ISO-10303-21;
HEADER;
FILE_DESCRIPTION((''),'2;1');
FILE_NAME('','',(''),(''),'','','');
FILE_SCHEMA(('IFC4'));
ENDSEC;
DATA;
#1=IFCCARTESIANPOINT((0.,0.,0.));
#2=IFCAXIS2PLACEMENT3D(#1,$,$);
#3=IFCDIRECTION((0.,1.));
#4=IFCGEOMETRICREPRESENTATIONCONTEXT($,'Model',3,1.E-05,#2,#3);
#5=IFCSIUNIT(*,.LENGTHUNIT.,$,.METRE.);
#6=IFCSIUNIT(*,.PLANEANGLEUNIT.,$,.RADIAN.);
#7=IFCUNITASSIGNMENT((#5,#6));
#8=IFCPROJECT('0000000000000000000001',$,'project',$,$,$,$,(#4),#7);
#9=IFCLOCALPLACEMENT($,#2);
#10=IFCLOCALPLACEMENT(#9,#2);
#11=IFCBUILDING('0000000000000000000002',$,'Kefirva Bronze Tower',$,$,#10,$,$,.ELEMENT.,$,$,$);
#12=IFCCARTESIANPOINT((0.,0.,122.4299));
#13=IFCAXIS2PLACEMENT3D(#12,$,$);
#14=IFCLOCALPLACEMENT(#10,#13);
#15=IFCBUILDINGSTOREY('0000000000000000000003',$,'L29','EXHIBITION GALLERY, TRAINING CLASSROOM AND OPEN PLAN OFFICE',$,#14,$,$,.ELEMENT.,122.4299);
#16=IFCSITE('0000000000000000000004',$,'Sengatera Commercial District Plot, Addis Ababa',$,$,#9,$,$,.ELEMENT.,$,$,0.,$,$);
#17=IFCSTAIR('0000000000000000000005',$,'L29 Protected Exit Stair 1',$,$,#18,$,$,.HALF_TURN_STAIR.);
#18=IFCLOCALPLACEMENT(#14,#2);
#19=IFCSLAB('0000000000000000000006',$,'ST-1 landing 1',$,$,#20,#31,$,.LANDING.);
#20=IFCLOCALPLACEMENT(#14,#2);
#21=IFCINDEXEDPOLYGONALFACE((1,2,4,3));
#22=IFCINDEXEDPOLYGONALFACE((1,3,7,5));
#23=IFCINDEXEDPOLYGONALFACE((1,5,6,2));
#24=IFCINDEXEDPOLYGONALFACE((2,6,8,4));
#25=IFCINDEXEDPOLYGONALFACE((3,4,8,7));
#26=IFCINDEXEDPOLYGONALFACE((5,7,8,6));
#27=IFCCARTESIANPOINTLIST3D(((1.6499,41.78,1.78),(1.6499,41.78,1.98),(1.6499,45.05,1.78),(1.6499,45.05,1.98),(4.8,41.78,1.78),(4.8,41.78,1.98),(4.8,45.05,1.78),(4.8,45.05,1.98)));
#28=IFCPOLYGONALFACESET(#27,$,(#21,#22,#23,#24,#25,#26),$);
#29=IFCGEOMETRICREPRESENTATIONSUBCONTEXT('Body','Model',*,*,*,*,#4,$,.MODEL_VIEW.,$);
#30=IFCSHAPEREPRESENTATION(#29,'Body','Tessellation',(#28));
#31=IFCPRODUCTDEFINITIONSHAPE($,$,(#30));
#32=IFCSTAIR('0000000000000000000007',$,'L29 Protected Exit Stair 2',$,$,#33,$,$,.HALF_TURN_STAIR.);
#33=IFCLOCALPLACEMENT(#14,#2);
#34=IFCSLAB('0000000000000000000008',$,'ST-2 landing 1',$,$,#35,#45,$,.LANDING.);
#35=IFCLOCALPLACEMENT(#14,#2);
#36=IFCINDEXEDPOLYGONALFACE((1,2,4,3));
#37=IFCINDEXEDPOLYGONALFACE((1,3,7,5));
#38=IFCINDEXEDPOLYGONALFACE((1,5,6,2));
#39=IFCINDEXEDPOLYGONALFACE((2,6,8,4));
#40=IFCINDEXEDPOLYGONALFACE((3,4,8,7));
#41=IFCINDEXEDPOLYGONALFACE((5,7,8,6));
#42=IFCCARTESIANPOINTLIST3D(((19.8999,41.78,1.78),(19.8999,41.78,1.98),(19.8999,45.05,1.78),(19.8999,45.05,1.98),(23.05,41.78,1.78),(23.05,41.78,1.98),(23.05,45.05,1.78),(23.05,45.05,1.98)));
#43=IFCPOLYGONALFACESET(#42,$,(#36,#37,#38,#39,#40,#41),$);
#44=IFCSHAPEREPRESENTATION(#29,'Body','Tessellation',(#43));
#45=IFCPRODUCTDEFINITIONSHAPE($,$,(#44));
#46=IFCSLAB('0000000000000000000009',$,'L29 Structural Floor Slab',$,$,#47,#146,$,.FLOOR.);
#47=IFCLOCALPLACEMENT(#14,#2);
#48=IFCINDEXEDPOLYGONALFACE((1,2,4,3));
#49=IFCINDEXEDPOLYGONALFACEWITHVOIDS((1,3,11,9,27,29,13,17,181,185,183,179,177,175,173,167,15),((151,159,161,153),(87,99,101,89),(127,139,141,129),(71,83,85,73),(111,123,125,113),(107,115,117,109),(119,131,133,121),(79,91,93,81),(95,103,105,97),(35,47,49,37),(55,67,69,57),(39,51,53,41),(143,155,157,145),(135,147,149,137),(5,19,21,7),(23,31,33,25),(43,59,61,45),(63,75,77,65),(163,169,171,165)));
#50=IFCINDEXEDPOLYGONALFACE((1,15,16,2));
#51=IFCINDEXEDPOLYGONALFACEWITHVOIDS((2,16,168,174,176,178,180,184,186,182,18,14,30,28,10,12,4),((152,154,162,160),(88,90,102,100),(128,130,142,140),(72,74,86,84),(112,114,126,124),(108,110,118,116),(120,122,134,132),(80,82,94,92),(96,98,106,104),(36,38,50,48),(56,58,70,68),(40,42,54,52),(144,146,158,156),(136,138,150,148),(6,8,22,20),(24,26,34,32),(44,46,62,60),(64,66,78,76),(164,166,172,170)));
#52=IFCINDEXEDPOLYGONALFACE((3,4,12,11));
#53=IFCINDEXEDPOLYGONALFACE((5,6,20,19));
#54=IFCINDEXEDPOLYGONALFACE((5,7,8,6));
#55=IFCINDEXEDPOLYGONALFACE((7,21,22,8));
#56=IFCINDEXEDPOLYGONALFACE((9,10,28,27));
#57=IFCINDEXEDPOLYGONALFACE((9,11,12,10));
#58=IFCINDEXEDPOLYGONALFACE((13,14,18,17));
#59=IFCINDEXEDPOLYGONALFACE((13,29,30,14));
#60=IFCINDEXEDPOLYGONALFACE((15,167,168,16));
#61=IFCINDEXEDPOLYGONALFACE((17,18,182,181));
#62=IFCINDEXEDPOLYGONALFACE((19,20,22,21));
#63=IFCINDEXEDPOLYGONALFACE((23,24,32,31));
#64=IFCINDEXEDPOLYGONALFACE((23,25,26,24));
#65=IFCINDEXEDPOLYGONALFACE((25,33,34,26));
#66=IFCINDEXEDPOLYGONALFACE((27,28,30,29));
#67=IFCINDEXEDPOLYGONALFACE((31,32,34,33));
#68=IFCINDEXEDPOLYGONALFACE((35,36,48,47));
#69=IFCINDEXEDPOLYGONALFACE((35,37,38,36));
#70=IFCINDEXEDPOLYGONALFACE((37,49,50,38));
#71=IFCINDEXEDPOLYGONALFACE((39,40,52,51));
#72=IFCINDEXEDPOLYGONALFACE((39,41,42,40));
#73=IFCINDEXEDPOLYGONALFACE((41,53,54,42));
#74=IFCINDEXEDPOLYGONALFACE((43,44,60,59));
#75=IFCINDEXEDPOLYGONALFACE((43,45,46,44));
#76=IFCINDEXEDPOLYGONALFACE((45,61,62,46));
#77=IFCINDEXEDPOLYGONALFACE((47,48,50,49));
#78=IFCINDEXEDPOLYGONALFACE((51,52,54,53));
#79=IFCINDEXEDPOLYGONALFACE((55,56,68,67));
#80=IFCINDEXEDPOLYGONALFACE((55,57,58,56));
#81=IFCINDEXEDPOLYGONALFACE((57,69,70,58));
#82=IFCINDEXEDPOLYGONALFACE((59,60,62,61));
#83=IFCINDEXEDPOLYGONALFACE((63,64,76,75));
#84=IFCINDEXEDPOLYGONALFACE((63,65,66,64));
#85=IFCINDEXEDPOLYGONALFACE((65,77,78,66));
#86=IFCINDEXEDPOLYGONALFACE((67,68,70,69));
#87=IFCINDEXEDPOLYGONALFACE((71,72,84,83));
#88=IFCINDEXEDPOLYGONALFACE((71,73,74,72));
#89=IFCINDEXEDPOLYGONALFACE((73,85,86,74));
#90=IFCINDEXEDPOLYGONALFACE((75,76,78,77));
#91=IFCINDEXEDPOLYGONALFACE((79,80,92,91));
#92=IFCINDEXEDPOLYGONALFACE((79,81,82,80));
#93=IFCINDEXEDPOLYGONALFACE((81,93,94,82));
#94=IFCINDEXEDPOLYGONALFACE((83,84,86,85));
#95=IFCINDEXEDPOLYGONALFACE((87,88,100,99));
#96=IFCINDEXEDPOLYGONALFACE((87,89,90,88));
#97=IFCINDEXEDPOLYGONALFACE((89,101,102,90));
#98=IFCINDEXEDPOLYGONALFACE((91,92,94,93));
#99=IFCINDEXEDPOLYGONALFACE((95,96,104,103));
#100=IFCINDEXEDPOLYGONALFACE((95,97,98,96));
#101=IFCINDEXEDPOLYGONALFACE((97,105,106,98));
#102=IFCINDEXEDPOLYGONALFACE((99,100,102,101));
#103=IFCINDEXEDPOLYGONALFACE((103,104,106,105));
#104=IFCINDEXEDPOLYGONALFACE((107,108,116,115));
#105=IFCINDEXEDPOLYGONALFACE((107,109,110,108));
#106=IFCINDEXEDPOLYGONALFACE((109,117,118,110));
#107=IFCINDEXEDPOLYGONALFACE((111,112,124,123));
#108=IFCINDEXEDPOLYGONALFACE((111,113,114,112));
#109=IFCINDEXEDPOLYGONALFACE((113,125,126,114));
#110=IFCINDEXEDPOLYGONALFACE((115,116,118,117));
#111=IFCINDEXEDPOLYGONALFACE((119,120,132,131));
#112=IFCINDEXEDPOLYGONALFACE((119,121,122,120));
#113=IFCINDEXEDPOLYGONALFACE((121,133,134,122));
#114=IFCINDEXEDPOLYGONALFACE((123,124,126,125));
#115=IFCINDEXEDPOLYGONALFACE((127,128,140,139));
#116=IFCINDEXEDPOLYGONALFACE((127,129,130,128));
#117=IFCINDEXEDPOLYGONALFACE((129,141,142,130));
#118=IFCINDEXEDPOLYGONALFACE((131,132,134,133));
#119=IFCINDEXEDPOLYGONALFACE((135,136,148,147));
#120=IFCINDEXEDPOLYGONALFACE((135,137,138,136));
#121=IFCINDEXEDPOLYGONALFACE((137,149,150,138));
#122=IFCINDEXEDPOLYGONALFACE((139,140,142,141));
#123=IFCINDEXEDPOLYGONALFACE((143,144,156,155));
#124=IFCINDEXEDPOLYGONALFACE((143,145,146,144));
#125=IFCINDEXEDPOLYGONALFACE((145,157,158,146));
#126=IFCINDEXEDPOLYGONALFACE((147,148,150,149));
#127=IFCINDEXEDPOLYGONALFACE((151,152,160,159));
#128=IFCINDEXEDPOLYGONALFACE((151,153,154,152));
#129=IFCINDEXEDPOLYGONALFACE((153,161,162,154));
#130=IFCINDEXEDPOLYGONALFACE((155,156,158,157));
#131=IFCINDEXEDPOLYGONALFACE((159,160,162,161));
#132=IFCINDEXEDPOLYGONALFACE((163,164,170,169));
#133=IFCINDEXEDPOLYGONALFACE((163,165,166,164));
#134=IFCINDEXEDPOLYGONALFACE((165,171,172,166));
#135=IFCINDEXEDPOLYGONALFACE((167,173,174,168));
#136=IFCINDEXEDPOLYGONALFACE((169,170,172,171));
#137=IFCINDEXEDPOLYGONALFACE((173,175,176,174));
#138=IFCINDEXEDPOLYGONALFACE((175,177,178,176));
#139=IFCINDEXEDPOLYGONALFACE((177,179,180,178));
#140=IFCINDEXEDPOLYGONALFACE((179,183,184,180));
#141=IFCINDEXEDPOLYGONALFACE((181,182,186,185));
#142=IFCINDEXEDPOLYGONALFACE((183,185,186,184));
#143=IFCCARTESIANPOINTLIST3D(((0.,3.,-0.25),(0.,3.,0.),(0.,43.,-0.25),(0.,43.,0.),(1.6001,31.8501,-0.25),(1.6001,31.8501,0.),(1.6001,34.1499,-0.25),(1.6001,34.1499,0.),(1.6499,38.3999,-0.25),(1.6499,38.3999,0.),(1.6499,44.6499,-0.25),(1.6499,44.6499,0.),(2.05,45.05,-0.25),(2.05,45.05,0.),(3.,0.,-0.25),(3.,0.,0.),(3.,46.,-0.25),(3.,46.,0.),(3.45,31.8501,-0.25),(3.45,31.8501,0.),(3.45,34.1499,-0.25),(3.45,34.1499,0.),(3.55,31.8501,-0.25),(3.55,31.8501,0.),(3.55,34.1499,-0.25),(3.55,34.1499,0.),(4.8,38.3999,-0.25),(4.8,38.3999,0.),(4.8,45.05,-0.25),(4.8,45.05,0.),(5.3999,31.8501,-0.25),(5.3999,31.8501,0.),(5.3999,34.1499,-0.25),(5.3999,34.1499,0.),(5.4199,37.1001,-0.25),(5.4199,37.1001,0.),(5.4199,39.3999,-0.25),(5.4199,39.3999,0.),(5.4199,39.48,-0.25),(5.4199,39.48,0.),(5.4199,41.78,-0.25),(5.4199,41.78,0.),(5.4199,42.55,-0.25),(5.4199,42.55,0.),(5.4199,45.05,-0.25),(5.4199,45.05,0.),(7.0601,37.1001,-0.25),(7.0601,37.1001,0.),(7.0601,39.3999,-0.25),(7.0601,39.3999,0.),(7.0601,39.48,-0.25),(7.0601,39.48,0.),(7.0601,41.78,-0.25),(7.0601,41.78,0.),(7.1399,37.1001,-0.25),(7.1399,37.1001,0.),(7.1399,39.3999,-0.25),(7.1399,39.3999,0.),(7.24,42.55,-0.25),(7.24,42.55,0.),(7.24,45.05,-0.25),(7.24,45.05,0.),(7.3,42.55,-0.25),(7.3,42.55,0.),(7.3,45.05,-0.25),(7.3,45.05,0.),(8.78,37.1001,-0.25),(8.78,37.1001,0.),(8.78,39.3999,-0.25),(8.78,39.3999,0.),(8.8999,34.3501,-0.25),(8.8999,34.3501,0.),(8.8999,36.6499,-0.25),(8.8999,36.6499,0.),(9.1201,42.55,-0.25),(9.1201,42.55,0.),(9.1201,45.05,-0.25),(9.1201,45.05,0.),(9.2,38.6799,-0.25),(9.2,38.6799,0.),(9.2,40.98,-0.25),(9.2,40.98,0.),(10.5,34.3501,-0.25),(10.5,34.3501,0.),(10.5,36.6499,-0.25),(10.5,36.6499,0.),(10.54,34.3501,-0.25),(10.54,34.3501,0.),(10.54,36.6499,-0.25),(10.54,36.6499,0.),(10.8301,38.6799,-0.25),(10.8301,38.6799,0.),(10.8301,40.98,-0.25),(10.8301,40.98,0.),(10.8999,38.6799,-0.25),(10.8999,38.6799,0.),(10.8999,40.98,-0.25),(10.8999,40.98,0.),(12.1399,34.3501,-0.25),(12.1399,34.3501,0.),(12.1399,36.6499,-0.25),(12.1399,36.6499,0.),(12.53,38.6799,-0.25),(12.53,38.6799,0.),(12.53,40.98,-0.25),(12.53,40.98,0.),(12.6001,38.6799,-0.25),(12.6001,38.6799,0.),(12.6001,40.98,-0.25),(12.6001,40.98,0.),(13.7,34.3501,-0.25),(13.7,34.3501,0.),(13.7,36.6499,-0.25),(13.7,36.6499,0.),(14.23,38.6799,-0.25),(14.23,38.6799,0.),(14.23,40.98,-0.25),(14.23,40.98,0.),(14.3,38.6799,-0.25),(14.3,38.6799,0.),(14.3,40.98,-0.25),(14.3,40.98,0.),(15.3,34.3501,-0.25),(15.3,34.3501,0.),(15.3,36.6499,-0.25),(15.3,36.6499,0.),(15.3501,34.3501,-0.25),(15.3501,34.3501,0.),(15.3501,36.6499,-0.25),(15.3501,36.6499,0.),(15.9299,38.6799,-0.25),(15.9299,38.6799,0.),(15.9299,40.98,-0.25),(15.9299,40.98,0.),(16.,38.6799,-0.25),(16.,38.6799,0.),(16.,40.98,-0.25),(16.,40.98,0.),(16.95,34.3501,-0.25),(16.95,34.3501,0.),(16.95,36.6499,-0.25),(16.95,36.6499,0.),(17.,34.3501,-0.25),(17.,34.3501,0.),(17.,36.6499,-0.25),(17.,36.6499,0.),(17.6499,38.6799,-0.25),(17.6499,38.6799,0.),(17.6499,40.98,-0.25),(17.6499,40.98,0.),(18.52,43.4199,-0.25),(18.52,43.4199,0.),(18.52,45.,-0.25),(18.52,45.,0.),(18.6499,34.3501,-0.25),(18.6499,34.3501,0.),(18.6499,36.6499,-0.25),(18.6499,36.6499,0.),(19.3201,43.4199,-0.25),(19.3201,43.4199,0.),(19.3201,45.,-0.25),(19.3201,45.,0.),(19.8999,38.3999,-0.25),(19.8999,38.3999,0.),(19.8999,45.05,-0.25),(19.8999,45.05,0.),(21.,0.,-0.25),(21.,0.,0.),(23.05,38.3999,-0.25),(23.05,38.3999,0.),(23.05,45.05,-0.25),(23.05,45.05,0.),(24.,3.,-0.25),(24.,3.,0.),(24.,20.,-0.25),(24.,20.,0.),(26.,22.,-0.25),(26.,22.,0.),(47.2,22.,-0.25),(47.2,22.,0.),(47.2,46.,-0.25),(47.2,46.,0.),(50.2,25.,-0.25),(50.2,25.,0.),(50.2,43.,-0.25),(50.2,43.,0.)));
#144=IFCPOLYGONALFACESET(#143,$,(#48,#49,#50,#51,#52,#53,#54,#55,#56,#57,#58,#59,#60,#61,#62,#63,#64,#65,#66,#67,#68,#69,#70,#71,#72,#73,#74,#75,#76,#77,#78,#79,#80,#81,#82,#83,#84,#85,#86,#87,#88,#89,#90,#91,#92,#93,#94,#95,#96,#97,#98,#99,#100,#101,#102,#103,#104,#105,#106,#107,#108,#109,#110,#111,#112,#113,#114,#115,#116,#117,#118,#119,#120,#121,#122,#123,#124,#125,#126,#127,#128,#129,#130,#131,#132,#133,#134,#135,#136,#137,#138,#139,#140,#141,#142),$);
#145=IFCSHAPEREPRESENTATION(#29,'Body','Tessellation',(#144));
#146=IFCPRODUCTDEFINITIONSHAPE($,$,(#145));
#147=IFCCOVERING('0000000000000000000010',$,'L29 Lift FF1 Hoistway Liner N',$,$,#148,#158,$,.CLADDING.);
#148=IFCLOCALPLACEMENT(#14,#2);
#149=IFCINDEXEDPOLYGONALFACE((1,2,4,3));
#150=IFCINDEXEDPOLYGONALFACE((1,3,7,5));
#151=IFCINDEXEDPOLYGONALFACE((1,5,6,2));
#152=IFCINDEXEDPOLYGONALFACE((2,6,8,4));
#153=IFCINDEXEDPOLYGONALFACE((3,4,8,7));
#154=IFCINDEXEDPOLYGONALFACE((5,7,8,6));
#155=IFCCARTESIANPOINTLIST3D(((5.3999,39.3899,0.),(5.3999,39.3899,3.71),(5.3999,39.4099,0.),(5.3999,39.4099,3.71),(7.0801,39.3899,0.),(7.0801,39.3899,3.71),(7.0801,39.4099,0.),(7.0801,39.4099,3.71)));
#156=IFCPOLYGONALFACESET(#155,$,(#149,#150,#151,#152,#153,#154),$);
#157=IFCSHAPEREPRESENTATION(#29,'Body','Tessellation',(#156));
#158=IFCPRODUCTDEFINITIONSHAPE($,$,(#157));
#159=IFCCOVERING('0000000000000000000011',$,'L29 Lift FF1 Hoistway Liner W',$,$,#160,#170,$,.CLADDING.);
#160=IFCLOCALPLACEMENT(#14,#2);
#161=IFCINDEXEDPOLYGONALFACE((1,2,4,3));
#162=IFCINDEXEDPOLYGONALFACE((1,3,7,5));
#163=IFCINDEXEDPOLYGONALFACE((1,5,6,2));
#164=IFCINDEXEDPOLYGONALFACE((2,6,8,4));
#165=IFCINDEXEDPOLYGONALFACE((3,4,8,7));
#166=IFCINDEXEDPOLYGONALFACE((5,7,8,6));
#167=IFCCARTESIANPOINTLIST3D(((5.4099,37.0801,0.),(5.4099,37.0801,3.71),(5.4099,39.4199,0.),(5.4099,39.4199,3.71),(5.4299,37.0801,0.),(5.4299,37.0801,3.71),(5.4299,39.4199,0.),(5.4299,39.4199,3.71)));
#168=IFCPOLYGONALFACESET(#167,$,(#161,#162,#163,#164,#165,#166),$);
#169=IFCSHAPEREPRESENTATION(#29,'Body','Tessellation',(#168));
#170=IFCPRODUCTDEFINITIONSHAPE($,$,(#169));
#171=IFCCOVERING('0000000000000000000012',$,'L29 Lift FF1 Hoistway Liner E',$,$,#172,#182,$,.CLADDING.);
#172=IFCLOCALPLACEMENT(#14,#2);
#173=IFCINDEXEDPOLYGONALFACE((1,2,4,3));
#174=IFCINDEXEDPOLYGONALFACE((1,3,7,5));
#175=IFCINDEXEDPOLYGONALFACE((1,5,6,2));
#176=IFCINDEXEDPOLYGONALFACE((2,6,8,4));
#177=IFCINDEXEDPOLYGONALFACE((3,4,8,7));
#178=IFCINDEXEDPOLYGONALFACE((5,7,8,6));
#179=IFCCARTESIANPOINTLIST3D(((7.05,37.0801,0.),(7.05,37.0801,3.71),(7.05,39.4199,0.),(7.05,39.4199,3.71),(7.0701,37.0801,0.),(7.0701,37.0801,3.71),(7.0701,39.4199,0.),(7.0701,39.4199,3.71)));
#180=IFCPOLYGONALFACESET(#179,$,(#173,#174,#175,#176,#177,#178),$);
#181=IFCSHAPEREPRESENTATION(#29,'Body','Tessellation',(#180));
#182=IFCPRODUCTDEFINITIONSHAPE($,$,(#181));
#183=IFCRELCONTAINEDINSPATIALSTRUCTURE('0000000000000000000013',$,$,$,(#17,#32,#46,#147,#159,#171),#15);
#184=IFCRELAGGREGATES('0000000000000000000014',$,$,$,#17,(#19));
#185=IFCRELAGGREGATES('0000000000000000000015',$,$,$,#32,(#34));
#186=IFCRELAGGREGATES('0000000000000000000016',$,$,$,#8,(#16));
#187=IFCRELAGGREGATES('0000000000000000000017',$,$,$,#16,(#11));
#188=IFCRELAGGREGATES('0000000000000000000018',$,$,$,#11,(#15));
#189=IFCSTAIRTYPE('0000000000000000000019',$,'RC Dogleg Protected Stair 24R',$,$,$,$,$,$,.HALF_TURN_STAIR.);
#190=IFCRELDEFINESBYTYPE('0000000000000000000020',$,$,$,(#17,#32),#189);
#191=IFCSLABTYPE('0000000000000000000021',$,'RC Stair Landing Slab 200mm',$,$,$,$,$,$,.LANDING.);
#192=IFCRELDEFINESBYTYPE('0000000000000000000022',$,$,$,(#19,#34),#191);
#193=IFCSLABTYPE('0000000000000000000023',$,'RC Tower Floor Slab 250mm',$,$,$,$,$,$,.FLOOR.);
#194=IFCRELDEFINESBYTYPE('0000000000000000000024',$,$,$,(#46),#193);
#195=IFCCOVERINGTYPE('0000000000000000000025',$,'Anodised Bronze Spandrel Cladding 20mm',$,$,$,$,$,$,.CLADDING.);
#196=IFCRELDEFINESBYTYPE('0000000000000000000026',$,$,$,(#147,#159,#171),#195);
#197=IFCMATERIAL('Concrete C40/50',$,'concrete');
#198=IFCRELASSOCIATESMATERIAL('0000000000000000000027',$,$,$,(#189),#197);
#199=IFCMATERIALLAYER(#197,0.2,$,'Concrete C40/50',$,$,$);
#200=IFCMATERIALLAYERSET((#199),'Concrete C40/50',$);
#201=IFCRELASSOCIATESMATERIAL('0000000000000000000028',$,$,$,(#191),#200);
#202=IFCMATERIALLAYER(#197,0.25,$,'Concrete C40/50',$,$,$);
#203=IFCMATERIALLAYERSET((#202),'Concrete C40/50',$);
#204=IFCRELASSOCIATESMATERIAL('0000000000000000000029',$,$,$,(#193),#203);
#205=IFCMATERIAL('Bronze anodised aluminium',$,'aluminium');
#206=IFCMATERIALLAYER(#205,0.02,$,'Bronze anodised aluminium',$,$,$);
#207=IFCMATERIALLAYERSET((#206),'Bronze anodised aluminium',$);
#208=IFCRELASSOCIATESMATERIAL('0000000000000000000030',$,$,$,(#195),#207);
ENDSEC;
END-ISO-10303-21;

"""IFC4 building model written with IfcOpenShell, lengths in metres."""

from ifc_helpers import new_model, si_unit, direction, frame, origin, place, context, subcontext, project, spatial, polyline, outline, extrude, material, layer, layer_set, type_object, element, aggregate, save


model = new_model("IFC4")

# Units and contexts
model_context = context("Model", 3, precision=1e-05, world=origin(), true_north=direction((0.0, 1.0)))
body_context = subcontext(model_context, "Body", "Model", "MODEL_VIEW")
ifc_project = project(units=[si_unit("LENGTHUNIT", "METRE"), si_unit("PLANEANGLEUNIT", "RADIAN")], contexts=[model_context])

# Site, building, storey
site_placement = place(None, origin())
site = spatial("IfcSite", under=ifc_project, at=site_placement, Name="Sengatera Commercial District Plot, Addis Ababa", CompositionType="ELEMENT", RefElevation=0.0)
building_placement = place(site_placement, origin())
building = spatial("IfcBuilding", under=site, at=building_placement, Name="Kefirva Bronze Tower", CompositionType="ELEMENT")
storey_placement = place(building_placement, frame((0.0, 0.0, 122.4299)))
storey = spatial("IfcBuildingStorey", under=building, at=storey_placement, Name="L29", Description="EXHIBITION GALLERY, TRAINING CLASSROOM AND OPEN PLAN OFFICE", CompositionType="ELEMENT", Elevation=122.4299)

# Stairs, slabs
ifc_material_1 = material(Name="Concrete C40/50", Category="concrete")
stair_type = type_object("IfcStairType", Name="RC Dogleg Protected Stair 24R", PredefinedType="HALF_TURN_STAIR", material=ifc_material_1)
stair_1_placement = place(storey_placement, origin())
stair_1 = element("IfcStair", 1, at=stair_1_placement, inside=storey, type_object=stair_type, Name="L29 Protected Exit Stair 1", PredefinedType="HALF_TURN_STAIR")
ifc_layer_1 = layer(ifc_material_1, 0.2, Name="Concrete C40/50")
ifc_layer_set_1 = layer_set([ifc_layer_1], Name="Concrete C40/50")
slab_type_1 = type_object("IfcSlabType", Name="RC Stair Landing Slab 200mm", PredefinedType="LANDING", material=ifc_layer_set_1)
slab_1_placement = place(storey_placement, frame((0.0, 0.0, 1.78)))
slab_1 = element("IfcSlab", 2, at=slab_1_placement, type_object=slab_type_1, Name="ST-1 landing 1", PredefinedType="LANDING", context=body_context, shape_type="SweptSolid", body=[
    extrude(outline(polyline([(4.8, 41.78), (4.8, 45.05), (1.6499, 45.05), (1.6499, 41.78), (4.8, 41.78)])), origin(), (0.0, 0.0, 1.0), 0.2),
])
aggregate(stair_1, [slab_1])
stair_2_placement = place(storey_placement, origin())
stair_2 = element("IfcStair", 3, at=stair_2_placement, inside=storey, type_object=stair_type, Name="L29 Protected Exit Stair 2", PredefinedType="HALF_TURN_STAIR")
slab_2_placement = place(storey_placement, frame((0.0, 0.0, 1.78)))
slab_2 = element("IfcSlab", 4, at=slab_2_placement, type_object=slab_type_1, Name="ST-2 landing 1", PredefinedType="LANDING", context=body_context, shape_type="SweptSolid", body=[
    extrude(outline(polyline([(23.05, 41.78), (23.05, 45.05), (19.8999, 45.05), (19.8999, 41.78), (23.05, 41.78)])), origin(), (0.0, 0.0, 1.0), 0.2),
])
aggregate(stair_2, [slab_2])

# Slab
ifc_layer_2 = layer(ifc_material_1, 0.25, Name="Concrete C40/50")
ifc_layer_set_2 = layer_set([ifc_layer_2], Name="Concrete C40/50")
slab_type_2 = type_object("IfcSlabType", Name="RC Tower Floor Slab 250mm", PredefinedType="FLOOR", material=ifc_layer_set_2)
slab_3_placement = place(storey_placement, frame((0.0, 0.0, -0.25)))
element("IfcSlab", 5, at=slab_3_placement, inside=storey, type_object=slab_type_2, Name="L29 Structural Floor Slab", PredefinedType="FLOOR", context=body_context, shape_type="SweptSolid", body=[
    extrude(outline(polyline([(0.0, 3.0), (0.0, 43.0), (1.6499, 44.6499), (1.6499, 38.3999), (4.8, 38.3999), (4.8, 45.05), (2.05, 45.05), (3.0, 46.0), (47.2, 46.0), (50.2, 43.0), (50.2, 25.0), (47.2, 22.0), (26.0, 22.0), (24.0, 20.0), (24.0, 3.0), (21.0, 0.0), (3.0, 0.0), (0.0, 3.0)]), holes=[polyline([(19.8999, 38.3999), (23.05, 38.3999), (23.05, 45.05), (19.8999, 45.05), (19.8999, 38.3999)]), polyline([(18.52, 43.4199), (19.3201, 43.4199), (19.3201, 45.0), (18.52, 45.0), (18.52, 43.4199)]), polyline([(17.0, 34.3501), (18.6499, 34.3501), (18.6499, 36.6499), (17.0, 36.6499), (17.0, 34.3501)]), polyline([(17.6499, 38.6799), (17.6499, 40.98), (16.0, 40.98), (16.0, 38.6799), (17.6499, 38.6799)]), polyline([(16.95, 34.3501), (16.95, 36.6499), (15.3501, 36.6499), (15.3501, 34.3501), (16.95, 34.3501)]), polyline([(15.9299, 38.6799), (15.9299, 40.98), (14.3, 40.98), (14.3, 38.6799), (15.9299, 38.6799)]), polyline([(15.3, 34.3501), (15.3, 36.6499), (13.7, 36.6499), (13.7, 34.3501), (15.3, 34.3501)]), polyline([(14.23, 38.6799), (14.23, 40.98), (12.6001, 40.98), (12.6001, 38.6799), (14.23, 38.6799)]), polyline([(10.8999, 38.6799), (12.53, 38.6799), (12.53, 40.98), (10.8999, 40.98), (10.8999, 38.6799)]), polyline([(12.1399, 34.3501), (12.1399, 36.6499), (10.54, 36.6499), (10.54, 34.3501), (12.1399, 34.3501)]), polyline([(10.8301, 38.6799), (10.8301, 40.98), (9.2, 40.98), (9.2, 38.6799), (10.8301, 38.6799)]), polyline([(10.5, 34.3501), (10.5, 36.6499), (8.8999, 36.6499), (8.8999, 34.3501), (10.5, 34.3501)]), polyline([(7.3, 42.55), (9.1201, 42.55), (9.1201, 45.05), (7.3, 45.05), (7.3, 42.55)]), polyline([(7.1399, 37.1001), (8.78, 37.1001), (8.78, 39.3999), (7.1399, 39.3999), (7.1399, 37.1001)]), polyline([(5.4199, 42.55), (7.24, 42.55), (7.24, 45.05), (5.4199, 45.05), (5.4199, 42.55)]), polyline([(7.0601, 39.48), (7.0601, 41.78), (5.4199, 41.78), (5.4199, 39.48), (7.0601, 39.48)]), polyline([(5.4199, 37.1001), (7.0601, 37.1001), (7.0601, 39.3999), (5.4199, 39.3999), (5.4199, 37.1001)]), polyline([(5.3999, 31.8501), (5.3999, 34.1499), (3.55, 34.1499), (3.55, 31.8501), (5.3999, 31.8501)]), polyline([(3.45, 31.8501), (3.45, 34.1499), (1.6001, 34.1499), (1.6001, 31.8501), (3.45, 31.8501)])]), origin(), (0.0, 0.0, 1.0), 0.25),
])

# Coverings
ifc_material_2 = material(Name="Bronze anodised aluminium", Category="aluminium")
ifc_layer_3 = layer(ifc_material_2, 0.02, Name="Bronze anodised aluminium")
ifc_layer_set_3 = layer_set([ifc_layer_3], Name="Bronze anodised aluminium")
covering_type = type_object("IfcCoveringType", Name="Anodised Bronze Spandrel Cladding 20mm", PredefinedType="CLADDING", material=ifc_layer_set_3)
covering_1_placement = place(storey_placement, origin())
element("IfcCovering", 6, at=covering_1_placement, inside=storey, type_object=covering_type, Name="L29 Lift FF1 Hoistway Liner N", PredefinedType="CLADDING", context=body_context, shape_type="SweptSolid", body=[
    extrude(outline(polyline([(5.3999, 39.3899), (7.0801, 39.3899), (7.0801, 39.4099), (5.3999, 39.4099), (5.3999, 39.3899)])), origin(), (0.0, 0.0, 1.0), 3.71),
])
covering_2_placement = place(storey_placement, origin())
element("IfcCovering", 7, at=covering_2_placement, inside=storey, type_object=covering_type, Name="L29 Lift FF1 Hoistway Liner W", PredefinedType="CLADDING", context=body_context, shape_type="SweptSolid", body=[
    extrude(outline(polyline([(5.4099, 37.0801), (5.4299, 37.0801), (5.4299, 39.4199), (5.4099, 39.4199), (5.4099, 37.0801)])), origin(), (0.0, 0.0, 1.0), 3.71),
])
covering_3_placement = place(storey_placement, origin())
element("IfcCovering", 8, at=covering_3_placement, inside=storey, type_object=covering_type, Name="L29 Lift FF1 Hoistway Liner E", PredefinedType="CLADDING", context=body_context, shape_type="SweptSolid", body=[
    extrude(outline(polyline([(7.05, 37.0801), (7.0701, 37.0801), (7.0701, 39.4199), (7.05, 39.4199), (7.05, 37.0801)])), origin(), (0.0, 0.0, 1.0), 3.71),
])

save(model, "model.ifc")
